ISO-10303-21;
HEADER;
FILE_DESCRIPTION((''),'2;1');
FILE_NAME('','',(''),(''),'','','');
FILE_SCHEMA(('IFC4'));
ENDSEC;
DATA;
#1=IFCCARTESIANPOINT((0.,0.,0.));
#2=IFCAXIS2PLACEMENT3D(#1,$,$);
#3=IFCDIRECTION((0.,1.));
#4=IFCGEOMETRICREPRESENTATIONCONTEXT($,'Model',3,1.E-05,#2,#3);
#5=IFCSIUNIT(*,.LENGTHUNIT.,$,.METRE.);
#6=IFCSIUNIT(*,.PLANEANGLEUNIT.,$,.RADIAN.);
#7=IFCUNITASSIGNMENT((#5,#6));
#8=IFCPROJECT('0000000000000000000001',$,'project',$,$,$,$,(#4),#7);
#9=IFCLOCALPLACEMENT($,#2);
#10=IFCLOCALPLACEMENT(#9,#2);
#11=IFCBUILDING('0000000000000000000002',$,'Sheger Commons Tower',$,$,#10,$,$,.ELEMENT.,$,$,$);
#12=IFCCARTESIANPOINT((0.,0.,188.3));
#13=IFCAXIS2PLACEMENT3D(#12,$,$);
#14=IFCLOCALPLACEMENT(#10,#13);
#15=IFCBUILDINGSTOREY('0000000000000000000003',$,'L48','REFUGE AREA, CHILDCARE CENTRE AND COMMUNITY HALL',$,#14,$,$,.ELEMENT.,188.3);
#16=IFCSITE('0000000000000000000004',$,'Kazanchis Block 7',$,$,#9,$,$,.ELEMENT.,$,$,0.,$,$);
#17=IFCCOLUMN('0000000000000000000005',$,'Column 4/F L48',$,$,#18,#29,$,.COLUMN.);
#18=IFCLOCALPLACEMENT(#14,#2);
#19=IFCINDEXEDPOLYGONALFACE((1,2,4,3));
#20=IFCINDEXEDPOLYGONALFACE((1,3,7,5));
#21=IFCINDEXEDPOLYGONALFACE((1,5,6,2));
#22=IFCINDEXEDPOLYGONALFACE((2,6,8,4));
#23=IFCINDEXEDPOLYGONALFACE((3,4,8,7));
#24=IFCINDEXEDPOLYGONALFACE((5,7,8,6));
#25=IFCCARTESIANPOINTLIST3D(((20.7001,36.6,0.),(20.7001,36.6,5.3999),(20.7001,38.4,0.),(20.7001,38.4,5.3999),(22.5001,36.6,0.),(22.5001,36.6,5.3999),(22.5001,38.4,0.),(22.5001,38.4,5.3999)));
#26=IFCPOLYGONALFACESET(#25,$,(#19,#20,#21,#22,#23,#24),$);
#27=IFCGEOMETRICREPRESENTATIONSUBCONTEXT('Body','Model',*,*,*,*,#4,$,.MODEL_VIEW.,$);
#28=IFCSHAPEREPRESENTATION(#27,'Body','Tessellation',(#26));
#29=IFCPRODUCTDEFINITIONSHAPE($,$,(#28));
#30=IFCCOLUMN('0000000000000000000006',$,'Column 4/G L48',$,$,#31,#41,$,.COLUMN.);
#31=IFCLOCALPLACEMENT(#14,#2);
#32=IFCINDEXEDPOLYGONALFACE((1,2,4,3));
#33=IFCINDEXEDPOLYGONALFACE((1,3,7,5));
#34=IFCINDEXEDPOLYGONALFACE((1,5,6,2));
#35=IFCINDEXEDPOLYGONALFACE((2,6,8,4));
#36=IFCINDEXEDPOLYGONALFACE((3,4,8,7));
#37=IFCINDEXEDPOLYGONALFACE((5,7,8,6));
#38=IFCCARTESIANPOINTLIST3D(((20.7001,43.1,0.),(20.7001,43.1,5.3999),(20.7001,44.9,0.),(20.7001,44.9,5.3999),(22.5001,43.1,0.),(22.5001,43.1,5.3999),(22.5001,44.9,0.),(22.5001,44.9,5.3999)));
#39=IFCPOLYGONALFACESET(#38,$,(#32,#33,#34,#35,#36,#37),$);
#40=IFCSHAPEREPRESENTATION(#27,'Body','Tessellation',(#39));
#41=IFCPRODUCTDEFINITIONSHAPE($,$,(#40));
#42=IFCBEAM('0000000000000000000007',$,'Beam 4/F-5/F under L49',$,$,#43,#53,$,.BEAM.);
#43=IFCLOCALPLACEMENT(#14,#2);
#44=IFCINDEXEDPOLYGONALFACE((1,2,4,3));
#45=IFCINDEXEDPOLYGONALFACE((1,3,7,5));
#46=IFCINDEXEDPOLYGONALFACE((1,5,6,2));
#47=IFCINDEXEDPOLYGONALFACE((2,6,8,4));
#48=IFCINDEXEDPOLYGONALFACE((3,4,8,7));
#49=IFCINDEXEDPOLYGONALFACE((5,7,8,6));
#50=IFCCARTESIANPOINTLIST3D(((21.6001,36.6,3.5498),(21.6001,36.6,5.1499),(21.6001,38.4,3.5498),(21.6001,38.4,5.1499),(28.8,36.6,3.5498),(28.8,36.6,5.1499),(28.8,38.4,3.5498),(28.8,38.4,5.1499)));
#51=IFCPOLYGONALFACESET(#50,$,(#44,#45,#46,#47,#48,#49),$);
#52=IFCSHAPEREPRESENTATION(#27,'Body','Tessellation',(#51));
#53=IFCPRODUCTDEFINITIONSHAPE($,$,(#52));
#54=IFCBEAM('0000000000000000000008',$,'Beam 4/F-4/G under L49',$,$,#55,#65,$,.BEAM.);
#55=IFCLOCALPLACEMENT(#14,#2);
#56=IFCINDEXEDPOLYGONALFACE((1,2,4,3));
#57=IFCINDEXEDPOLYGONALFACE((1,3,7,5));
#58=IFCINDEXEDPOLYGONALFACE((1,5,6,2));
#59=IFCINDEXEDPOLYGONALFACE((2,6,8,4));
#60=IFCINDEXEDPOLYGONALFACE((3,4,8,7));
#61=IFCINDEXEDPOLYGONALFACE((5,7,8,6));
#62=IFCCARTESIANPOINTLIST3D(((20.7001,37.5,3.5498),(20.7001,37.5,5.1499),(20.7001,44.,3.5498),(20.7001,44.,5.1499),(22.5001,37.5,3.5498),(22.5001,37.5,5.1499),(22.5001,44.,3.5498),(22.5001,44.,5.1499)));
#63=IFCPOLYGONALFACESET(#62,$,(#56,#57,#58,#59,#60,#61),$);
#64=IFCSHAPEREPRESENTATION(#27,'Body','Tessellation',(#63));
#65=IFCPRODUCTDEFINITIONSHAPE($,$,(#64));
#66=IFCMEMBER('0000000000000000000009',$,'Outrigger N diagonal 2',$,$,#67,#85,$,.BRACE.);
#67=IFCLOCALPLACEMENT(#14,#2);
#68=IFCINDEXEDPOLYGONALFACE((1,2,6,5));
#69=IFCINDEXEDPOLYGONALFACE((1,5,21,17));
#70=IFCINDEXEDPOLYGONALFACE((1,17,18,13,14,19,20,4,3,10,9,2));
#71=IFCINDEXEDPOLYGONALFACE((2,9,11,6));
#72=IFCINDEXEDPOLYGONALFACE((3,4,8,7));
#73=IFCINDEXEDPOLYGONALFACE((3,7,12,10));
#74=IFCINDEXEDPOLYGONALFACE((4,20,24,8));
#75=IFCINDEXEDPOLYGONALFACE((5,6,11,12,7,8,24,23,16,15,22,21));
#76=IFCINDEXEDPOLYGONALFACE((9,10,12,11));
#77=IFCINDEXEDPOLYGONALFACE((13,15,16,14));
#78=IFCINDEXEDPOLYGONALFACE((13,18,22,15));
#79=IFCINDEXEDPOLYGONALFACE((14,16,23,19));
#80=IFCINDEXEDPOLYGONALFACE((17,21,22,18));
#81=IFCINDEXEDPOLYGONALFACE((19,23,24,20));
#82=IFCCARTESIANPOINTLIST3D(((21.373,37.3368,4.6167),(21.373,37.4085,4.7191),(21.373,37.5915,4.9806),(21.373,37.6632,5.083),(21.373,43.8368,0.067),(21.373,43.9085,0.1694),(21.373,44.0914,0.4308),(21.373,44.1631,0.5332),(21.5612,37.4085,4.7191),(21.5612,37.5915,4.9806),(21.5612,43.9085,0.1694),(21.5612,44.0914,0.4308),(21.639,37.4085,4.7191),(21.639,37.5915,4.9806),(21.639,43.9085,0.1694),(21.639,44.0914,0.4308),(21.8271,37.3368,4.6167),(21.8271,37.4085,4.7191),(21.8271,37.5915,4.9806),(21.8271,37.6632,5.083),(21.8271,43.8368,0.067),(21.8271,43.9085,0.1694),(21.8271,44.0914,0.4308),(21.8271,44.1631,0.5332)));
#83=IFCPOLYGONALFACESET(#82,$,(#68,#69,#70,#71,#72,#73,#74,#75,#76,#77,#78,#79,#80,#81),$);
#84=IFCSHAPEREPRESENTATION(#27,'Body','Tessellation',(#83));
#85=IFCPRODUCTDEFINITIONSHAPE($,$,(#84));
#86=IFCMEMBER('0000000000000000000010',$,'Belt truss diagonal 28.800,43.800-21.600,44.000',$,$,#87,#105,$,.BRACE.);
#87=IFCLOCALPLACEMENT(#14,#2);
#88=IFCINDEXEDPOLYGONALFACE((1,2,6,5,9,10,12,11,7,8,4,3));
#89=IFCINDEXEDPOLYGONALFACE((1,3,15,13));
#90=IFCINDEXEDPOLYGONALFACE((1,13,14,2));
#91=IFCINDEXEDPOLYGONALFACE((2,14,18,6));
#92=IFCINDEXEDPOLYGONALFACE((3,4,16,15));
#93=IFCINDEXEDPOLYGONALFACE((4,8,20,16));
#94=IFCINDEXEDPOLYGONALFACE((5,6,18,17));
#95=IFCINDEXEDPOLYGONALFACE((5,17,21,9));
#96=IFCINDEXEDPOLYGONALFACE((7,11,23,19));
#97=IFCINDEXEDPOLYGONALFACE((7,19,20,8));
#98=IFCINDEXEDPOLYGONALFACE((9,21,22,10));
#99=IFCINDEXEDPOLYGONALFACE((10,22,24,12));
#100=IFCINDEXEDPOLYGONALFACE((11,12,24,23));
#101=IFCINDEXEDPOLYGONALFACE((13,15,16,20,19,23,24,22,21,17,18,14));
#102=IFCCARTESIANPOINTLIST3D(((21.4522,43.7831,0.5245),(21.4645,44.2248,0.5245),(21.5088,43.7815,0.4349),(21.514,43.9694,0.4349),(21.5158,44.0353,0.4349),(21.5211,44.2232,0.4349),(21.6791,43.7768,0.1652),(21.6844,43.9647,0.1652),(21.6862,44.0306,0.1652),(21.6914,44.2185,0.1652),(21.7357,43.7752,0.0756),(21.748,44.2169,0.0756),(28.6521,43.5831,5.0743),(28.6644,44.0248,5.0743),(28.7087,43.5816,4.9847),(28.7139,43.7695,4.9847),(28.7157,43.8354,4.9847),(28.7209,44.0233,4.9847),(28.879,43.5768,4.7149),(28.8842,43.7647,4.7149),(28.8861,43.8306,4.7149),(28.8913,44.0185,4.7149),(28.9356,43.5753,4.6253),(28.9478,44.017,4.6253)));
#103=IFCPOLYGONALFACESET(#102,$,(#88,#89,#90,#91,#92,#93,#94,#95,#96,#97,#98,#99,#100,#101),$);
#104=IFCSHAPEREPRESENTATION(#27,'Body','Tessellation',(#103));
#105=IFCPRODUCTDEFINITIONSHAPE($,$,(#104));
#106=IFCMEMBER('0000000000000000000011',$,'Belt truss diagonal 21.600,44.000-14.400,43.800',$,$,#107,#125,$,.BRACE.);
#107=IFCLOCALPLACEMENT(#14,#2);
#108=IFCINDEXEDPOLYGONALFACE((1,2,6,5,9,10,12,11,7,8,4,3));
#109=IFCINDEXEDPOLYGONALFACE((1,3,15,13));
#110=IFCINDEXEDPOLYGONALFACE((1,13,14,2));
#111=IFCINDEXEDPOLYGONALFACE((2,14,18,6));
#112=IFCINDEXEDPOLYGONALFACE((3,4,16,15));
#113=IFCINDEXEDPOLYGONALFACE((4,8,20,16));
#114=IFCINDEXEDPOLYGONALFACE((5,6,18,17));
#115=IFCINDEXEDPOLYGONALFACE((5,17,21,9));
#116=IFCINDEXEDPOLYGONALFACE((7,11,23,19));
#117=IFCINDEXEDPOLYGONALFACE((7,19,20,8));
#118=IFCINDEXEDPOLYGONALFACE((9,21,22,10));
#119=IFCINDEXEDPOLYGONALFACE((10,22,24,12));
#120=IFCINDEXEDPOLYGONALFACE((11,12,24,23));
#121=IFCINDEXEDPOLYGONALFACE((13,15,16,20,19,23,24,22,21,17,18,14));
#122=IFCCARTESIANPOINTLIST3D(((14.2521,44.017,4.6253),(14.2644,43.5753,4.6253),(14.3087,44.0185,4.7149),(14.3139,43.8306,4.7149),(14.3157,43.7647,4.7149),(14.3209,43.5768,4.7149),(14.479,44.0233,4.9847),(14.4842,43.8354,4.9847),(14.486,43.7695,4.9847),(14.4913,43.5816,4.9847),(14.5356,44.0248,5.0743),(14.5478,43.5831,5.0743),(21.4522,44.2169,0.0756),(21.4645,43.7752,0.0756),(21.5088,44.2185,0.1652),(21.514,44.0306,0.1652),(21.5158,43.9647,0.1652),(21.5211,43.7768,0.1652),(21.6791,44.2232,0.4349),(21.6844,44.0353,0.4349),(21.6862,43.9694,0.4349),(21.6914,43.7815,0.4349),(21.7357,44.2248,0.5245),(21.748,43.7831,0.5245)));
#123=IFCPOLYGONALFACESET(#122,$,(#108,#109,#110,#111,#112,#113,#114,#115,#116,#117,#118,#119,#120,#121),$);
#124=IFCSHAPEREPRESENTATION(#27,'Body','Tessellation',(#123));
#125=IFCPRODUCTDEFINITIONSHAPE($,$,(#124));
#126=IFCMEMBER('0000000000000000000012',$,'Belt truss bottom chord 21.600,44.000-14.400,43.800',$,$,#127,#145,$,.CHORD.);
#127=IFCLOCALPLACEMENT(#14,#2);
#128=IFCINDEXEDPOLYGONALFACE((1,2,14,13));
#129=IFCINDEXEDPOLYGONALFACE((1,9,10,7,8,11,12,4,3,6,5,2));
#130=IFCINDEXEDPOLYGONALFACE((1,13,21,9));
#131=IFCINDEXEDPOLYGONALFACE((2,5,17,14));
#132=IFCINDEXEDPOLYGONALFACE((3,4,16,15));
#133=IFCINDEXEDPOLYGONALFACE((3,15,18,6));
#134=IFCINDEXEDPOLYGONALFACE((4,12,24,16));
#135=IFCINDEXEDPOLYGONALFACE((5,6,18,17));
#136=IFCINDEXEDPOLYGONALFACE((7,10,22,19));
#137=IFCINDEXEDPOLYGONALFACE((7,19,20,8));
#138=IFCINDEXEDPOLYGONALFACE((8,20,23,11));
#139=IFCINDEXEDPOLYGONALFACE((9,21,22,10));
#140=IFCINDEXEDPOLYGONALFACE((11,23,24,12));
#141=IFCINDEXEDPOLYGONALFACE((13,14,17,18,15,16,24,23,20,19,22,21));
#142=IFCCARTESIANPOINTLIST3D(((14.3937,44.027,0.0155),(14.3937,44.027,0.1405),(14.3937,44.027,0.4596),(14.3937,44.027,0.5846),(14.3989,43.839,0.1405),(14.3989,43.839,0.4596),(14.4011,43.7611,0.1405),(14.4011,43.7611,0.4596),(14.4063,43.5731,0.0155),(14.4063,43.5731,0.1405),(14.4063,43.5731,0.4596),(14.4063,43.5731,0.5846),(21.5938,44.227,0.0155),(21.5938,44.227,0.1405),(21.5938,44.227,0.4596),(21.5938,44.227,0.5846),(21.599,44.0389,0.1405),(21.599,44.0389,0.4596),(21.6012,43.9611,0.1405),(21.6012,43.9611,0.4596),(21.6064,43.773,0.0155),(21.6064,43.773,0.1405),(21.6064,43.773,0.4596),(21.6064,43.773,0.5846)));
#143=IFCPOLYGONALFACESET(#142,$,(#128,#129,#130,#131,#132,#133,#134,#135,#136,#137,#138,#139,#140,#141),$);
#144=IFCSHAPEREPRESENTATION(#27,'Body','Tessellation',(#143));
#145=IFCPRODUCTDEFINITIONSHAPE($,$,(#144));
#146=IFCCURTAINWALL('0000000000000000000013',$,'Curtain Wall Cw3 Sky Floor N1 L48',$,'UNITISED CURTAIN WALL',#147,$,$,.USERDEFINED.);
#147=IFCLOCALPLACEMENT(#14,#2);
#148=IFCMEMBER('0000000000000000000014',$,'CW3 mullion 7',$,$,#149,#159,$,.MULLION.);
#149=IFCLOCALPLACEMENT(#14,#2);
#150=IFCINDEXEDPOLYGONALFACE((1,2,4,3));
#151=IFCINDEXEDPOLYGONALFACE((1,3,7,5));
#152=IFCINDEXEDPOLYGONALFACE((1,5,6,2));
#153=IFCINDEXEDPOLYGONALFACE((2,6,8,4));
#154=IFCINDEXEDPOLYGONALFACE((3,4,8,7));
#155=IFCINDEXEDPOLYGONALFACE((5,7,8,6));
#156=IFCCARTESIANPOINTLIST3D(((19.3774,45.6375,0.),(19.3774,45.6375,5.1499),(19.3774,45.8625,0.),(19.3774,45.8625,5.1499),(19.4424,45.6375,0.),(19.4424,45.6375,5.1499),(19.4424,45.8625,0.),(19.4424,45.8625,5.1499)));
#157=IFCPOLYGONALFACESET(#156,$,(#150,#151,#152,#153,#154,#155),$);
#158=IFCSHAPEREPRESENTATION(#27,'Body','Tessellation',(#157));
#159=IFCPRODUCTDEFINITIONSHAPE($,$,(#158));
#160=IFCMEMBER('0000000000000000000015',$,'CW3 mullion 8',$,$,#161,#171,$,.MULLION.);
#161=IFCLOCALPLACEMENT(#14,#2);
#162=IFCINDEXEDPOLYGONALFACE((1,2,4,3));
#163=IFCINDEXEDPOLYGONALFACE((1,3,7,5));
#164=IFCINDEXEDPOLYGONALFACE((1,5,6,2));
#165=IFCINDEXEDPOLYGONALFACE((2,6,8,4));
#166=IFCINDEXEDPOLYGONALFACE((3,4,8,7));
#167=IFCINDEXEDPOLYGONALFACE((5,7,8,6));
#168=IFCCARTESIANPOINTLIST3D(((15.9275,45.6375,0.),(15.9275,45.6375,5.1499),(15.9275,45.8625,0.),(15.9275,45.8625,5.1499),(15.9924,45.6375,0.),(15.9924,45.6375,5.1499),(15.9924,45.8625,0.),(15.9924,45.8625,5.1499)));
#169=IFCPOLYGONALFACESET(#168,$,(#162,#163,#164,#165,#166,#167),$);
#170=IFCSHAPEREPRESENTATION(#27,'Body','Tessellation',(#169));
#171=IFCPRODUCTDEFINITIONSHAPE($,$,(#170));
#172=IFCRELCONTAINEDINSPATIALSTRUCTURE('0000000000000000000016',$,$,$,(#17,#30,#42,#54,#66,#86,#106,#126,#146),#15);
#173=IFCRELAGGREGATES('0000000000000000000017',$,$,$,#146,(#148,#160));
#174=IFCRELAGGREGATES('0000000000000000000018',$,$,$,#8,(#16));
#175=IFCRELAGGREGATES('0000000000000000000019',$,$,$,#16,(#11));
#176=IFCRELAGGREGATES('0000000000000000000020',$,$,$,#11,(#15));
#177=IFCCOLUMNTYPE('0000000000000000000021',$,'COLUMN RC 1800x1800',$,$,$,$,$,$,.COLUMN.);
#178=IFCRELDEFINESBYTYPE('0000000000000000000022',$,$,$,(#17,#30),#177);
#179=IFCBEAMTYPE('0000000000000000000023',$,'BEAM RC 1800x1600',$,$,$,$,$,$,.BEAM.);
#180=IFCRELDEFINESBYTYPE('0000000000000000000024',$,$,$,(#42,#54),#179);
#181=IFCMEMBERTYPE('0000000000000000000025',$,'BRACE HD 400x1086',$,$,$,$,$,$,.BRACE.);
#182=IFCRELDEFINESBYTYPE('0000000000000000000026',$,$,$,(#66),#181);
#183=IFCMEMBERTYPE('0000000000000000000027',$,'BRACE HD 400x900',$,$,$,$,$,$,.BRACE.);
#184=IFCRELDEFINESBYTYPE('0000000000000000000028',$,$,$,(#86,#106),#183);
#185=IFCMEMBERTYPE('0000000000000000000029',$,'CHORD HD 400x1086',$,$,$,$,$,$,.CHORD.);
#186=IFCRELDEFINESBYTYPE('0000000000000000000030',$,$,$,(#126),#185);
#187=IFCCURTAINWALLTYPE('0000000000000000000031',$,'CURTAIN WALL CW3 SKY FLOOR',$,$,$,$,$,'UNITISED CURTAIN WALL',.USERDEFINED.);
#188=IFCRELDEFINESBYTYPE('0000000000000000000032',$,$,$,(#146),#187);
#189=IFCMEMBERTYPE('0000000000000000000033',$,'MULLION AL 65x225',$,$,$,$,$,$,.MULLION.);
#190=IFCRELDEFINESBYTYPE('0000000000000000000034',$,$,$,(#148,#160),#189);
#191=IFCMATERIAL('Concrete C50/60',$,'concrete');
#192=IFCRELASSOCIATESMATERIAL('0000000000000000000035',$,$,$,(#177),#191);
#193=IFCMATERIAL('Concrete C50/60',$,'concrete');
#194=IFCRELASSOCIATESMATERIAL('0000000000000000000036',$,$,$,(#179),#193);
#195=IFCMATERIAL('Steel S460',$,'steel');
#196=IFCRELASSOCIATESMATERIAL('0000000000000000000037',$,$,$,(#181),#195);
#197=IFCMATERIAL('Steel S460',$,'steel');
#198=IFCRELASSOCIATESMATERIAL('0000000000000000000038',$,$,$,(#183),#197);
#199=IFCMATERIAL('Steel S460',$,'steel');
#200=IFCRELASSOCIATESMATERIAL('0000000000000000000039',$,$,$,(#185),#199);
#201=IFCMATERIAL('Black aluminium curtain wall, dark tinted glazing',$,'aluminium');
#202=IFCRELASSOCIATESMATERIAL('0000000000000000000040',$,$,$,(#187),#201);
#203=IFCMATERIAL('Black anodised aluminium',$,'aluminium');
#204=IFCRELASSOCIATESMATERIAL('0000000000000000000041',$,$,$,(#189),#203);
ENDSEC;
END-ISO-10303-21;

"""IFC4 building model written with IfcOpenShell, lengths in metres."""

from ifc_helpers import new_model, si_unit, direction, frame, origin, origin_2d, place, context, subcontext, project, spatial, rectangle, i_section, extrude, material, material_profile, profile_set, type_object, element, aggregate, save


model = new_model("IFC4")

# Units and contexts
model_context = context("Model", 3, precision=1e-05, world=origin(), true_north=direction((0.0, 1.0)))
body_context = subcontext(model_context, "Body", "Model", "MODEL_VIEW")
ifc_project = project(units=[si_unit("LENGTHUNIT", "METRE"), si_unit("PLANEANGLEUNIT", "RADIAN")], contexts=[model_context])

# Site, building, storey
site_placement = place(None, origin())
site = spatial("IfcSite", under=ifc_project, at=site_placement, Name="Kazanchis Block 7", CompositionType="ELEMENT", RefElevation=0.0)
building_placement = place(site_placement, origin())
building = spatial("IfcBuilding", under=site, at=building_placement, Name="Sheger Commons Tower", CompositionType="ELEMENT")
storey_placement = place(building_placement, frame((0.0, 0.0, 188.3)))
storey = spatial("IfcBuildingStorey", under=building, at=storey_placement, Name="L48", Description="REFUGE AREA, CHILDCARE CENTRE AND COMMUNITY HALL", CompositionType="ELEMENT", Elevation=188.3)

# Columns
ifc_material_1 = material(Name="Concrete C50/60", Category="concrete")
ifc_material_profile_1 = material_profile(ifc_material_1, rectangle(XDim=1.8, YDim=1.8, at=origin_2d()), Name="RC 1800x1800")
ifc_profile_set_1 = profile_set([ifc_material_profile_1], Name="Concrete C50/60")
column_type = type_object("IfcColumnType", Name="COLUMN RC 1800x1800", PredefinedType="COLUMN", material=ifc_profile_set_1)
for number, where, z_axis, x_axis, name in (
    (1, (21.6001, 37.5, 0.0), (0.0, 0.0, 1.0), (1.0, 0.0, 0.0), "Column 4/F L48"),
    (2, (21.6001, 44.0, 0.0), (0.0, 0.0, 1.0), (1.0, 0.0, 0.0), "Column 4/G L48"),
):
    element("IfcColumn", number, at=place(storey_placement, frame(where, z_axis=z_axis, x_axis=x_axis)), inside=storey, type_object=column_type, Name=name, PredefinedType="COLUMN", context=body_context, shape_type="SweptSolid", body=[
        extrude(rectangle(XDim=1.8, YDim=1.8, at=origin_2d()), origin(), (0.0, 0.0, 1.0), 5.3999),
    ])

# Beams
ifc_material_2 = material(Name="Concrete C50/60", Category="concrete")
ifc_material_profile_2 = material_profile(ifc_material_2, rectangle(XDim=1.8, YDim=1.6001, at=origin_2d()), Name="RC 1800x1600")
ifc_profile_set_2 = profile_set([ifc_material_profile_2], Name="Concrete C50/60")
beam_type_1 = type_object("IfcBeamType", Name="BEAM RC 1800x1600", PredefinedType="BEAM", material=ifc_profile_set_2)
beam_1_placement = place(storey_placement, frame((21.6001, 37.5, 4.3499), z_axis=(1.0, 0.0, 0.0), x_axis=(0.0, 1.0, 0.0)))
element("IfcBeam", 3, at=beam_1_placement, inside=storey, type_object=beam_type_1, Name="Beam 4/F-5/F under L49", PredefinedType="BEAM", context=body_context, shape_type="SweptSolid", body=[
    extrude(rectangle(XDim=1.8, YDim=1.6001, at=origin_2d()), origin(), (0.0, 0.0, 1.0), 7.2),
])
beam_2_placement = place(storey_placement, frame((21.6001, 37.5, 4.3499), z_axis=(0.0, 1.0, 0.0), x_axis=(-1.0, 0.0, 0.0)))
element("IfcBeam", 4, at=beam_2_placement, inside=storey, type_object=beam_type_1, Name="Beam 4/F-4/G under L49", PredefinedType="BEAM", context=body_context, shape_type="SweptSolid", body=[
    extrude(rectangle(XDim=1.8, YDim=1.6001, at=origin_2d()), origin(), (0.0, 0.0, 1.0), 6.5),
])

# Members
ifc_material_3 = material(Name="Steel S460", Category="steel")
ifc_material_profile_3 = material_profile(ifc_material_3, i_section(OverallWidth=0.4541, OverallDepth=0.5691, WebThickness=0.0779, FlangeThickness=0.125, at=origin_2d()), Name="HD 400x1086")
ifc_profile_set_3 = profile_set([ifc_material_profile_3], Name="Steel S460")
member_type_1 = type_object("IfcMemberType", Name="BRACE HD 400x1086", PredefinedType="BRACE", material=ifc_profile_set_3)
member_1_placement = place(storey_placement, frame((21.6001, 37.5, 4.8499), z_axis=(0.0, 0.819243, -0.573446), x_axis=(-1.0, 0.0, 0.0)))
element("IfcMember", 5, at=member_1_placement, inside=storey, type_object=member_type_1, Name="Outrigger N diagonal 2", PredefinedType="BRACE", context=body_context, shape_type="SweptSolid", body=[
    extrude(i_section(OverallWidth=0.4541, OverallDepth=0.5691, WebThickness=0.0779, FlangeThickness=0.125, at=origin_2d()), origin(), (0.0, 0.0, 1.0), 7.9341),
])
ifc_material_4 = material(Name="Steel S460", Category="steel")
ifc_material_profile_4 = material_profile(ifc_material_4, i_section(OverallWidth=0.4419, OverallDepth=0.531, WebThickness=0.0659, FlangeThickness=0.106, at=origin_2d()), Name="HD 400x900")
ifc_profile_set_4 = profile_set([ifc_material_profile_4], Name="Steel S460")
member_type_2 = type_object("IfcMemberType", Name="BRACE HD 400x900", PredefinedType="BRACE", material=ifc_profile_set_4)
member_2_placement = place(storey_placement, frame((21.6001, 44.0, 0.3), z_axis=(0.845125, -0.02347, 0.534053), x_axis=(0.02776, 0.999615, 0.0)))
element("IfcMember", 6, at=member_2_placement, inside=storey, type_object=member_type_2, Name="Belt truss diagonal 28.800,43.800-21.600,44.000", PredefinedType="BRACE", context=body_context, shape_type="SweptSolid", body=[
    extrude(i_section(OverallWidth=0.4419, OverallDepth=0.531, WebThickness=0.0659, FlangeThickness=0.106, at=origin_2d()), origin(), (0.0, 0.0, 1.0), 8.5193),
])
member_3_placement = place(storey_placement, frame((21.6001, 44.0, 0.3), z_axis=(-0.845133, -0.02347, 0.53404), x_axis=(0.02776, -0.999615, 0.0)))
element("IfcMember", 7, at=member_3_placement, inside=storey, type_object=member_type_2, Name="Belt truss diagonal 21.600,44.000-14.400,43.800", PredefinedType="BRACE", context=body_context, shape_type="SweptSolid", body=[
    extrude(i_section(OverallWidth=0.4419, OverallDepth=0.531, WebThickness=0.0659, FlangeThickness=0.106, at=origin_2d()), origin(), (0.0, 0.0, 1.0), 8.5195),
])
ifc_material_5 = material(Name="Steel S460", Category="steel")
ifc_material_profile_5 = material_profile(ifc_material_5, i_section(OverallWidth=0.4541, OverallDepth=0.5691, WebThickness=0.0779, FlangeThickness=0.125, at=origin_2d()), Name="HD 400x1086")
ifc_profile_set_5 = profile_set([ifc_material_profile_5], Name="Steel S460")
member_type_3 = type_object("IfcMemberType", Name="CHORD HD 400x1086", PredefinedType="CHORD", material=ifc_profile_set_5)
member_4_placement = place(storey_placement, frame((21.6001, 44.0, 0.3), z_axis=(-0.999615, -0.02776, 0.0), x_axis=(0.02776, -0.999615, 0.0)))
element("IfcMember", 8, at=member_4_placement, inside=storey, type_object=member_type_3, Name="Belt truss bottom chord 21.600,44.000-14.400,43.800", PredefinedType="CHORD", context=body_context, shape_type="SweptSolid", body=[
    extrude(i_section(OverallWidth=0.4541, OverallDepth=0.5691, WebThickness=0.0779, FlangeThickness=0.125, at=origin_2d()), origin(), (0.0, 0.0, 1.0), 7.2029),
])

# Curtain wall, members
ifc_material_6 = material(Name="Black aluminium curtain wall, dark tinted glazing", Category="aluminium")
curtain_wall_type = type_object("IfcCurtainWallType", Name="CURTAIN WALL CW3 SKY FLOOR", ElementType="UNITISED CURTAIN WALL", PredefinedType="USERDEFINED", material=ifc_material_6)
curtain_wall_placement = place(storey_placement, origin())
curtain_wall = element("IfcCurtainWall", 9, at=curtain_wall_placement, inside=storey, type_object=curtain_wall_type, Name="Curtain Wall Cw3 Sky Floor N1 L48", ObjectType="UNITISED CURTAIN WALL", PredefinedType="USERDEFINED")
ifc_material_7 = material(Name="Black anodised aluminium", Category="aluminium")
ifc_material_profile_6 = material_profile(ifc_material_7, rectangle(XDim=0.2251, YDim=0.0649, at=origin_2d()), Name="AL 65x225")
ifc_profile_set_6 = profile_set([ifc_material_profile_6], Name="Black anodised aluminium")
member_type_4 = type_object("IfcMemberType", Name="MULLION AL 65x225", PredefinedType="MULLION", material=ifc_profile_set_6)
member_5_placement = place(storey_placement, frame((19.4099, 45.75, 0.0), z_axis=(0.0, 0.0, 1.0), x_axis=(0.0, -1.0, 0.0)))
member_5 = element("IfcMember", 10, at=member_5_placement, type_object=member_type_4, Name="CW3 mullion 7", PredefinedType="MULLION", context=body_context, shape_type="SweptSolid", body=[
    extrude(rectangle(XDim=0.2251, YDim=0.0649, at=origin_2d()), origin(), (0.0, 0.0, 1.0), 5.1499),
])
member_6_placement = place(storey_placement, frame((15.96, 45.75, 0.0), z_axis=(0.0, 0.0, 1.0), x_axis=(0.0, -1.0, 0.0)))
member_6 = element("IfcMember", 11, at=member_6_placement, type_object=member_type_4, Name="CW3 mullion 8", PredefinedType="MULLION", context=body_context, shape_type="SweptSolid", body=[
    extrude(rectangle(XDim=0.2251, YDim=0.0649, at=origin_2d()), origin(), (0.0, 0.0, 1.0), 5.1499),
])

aggregate(curtain_wall, [member_5, member_6])

save(model, "model.ifc")
